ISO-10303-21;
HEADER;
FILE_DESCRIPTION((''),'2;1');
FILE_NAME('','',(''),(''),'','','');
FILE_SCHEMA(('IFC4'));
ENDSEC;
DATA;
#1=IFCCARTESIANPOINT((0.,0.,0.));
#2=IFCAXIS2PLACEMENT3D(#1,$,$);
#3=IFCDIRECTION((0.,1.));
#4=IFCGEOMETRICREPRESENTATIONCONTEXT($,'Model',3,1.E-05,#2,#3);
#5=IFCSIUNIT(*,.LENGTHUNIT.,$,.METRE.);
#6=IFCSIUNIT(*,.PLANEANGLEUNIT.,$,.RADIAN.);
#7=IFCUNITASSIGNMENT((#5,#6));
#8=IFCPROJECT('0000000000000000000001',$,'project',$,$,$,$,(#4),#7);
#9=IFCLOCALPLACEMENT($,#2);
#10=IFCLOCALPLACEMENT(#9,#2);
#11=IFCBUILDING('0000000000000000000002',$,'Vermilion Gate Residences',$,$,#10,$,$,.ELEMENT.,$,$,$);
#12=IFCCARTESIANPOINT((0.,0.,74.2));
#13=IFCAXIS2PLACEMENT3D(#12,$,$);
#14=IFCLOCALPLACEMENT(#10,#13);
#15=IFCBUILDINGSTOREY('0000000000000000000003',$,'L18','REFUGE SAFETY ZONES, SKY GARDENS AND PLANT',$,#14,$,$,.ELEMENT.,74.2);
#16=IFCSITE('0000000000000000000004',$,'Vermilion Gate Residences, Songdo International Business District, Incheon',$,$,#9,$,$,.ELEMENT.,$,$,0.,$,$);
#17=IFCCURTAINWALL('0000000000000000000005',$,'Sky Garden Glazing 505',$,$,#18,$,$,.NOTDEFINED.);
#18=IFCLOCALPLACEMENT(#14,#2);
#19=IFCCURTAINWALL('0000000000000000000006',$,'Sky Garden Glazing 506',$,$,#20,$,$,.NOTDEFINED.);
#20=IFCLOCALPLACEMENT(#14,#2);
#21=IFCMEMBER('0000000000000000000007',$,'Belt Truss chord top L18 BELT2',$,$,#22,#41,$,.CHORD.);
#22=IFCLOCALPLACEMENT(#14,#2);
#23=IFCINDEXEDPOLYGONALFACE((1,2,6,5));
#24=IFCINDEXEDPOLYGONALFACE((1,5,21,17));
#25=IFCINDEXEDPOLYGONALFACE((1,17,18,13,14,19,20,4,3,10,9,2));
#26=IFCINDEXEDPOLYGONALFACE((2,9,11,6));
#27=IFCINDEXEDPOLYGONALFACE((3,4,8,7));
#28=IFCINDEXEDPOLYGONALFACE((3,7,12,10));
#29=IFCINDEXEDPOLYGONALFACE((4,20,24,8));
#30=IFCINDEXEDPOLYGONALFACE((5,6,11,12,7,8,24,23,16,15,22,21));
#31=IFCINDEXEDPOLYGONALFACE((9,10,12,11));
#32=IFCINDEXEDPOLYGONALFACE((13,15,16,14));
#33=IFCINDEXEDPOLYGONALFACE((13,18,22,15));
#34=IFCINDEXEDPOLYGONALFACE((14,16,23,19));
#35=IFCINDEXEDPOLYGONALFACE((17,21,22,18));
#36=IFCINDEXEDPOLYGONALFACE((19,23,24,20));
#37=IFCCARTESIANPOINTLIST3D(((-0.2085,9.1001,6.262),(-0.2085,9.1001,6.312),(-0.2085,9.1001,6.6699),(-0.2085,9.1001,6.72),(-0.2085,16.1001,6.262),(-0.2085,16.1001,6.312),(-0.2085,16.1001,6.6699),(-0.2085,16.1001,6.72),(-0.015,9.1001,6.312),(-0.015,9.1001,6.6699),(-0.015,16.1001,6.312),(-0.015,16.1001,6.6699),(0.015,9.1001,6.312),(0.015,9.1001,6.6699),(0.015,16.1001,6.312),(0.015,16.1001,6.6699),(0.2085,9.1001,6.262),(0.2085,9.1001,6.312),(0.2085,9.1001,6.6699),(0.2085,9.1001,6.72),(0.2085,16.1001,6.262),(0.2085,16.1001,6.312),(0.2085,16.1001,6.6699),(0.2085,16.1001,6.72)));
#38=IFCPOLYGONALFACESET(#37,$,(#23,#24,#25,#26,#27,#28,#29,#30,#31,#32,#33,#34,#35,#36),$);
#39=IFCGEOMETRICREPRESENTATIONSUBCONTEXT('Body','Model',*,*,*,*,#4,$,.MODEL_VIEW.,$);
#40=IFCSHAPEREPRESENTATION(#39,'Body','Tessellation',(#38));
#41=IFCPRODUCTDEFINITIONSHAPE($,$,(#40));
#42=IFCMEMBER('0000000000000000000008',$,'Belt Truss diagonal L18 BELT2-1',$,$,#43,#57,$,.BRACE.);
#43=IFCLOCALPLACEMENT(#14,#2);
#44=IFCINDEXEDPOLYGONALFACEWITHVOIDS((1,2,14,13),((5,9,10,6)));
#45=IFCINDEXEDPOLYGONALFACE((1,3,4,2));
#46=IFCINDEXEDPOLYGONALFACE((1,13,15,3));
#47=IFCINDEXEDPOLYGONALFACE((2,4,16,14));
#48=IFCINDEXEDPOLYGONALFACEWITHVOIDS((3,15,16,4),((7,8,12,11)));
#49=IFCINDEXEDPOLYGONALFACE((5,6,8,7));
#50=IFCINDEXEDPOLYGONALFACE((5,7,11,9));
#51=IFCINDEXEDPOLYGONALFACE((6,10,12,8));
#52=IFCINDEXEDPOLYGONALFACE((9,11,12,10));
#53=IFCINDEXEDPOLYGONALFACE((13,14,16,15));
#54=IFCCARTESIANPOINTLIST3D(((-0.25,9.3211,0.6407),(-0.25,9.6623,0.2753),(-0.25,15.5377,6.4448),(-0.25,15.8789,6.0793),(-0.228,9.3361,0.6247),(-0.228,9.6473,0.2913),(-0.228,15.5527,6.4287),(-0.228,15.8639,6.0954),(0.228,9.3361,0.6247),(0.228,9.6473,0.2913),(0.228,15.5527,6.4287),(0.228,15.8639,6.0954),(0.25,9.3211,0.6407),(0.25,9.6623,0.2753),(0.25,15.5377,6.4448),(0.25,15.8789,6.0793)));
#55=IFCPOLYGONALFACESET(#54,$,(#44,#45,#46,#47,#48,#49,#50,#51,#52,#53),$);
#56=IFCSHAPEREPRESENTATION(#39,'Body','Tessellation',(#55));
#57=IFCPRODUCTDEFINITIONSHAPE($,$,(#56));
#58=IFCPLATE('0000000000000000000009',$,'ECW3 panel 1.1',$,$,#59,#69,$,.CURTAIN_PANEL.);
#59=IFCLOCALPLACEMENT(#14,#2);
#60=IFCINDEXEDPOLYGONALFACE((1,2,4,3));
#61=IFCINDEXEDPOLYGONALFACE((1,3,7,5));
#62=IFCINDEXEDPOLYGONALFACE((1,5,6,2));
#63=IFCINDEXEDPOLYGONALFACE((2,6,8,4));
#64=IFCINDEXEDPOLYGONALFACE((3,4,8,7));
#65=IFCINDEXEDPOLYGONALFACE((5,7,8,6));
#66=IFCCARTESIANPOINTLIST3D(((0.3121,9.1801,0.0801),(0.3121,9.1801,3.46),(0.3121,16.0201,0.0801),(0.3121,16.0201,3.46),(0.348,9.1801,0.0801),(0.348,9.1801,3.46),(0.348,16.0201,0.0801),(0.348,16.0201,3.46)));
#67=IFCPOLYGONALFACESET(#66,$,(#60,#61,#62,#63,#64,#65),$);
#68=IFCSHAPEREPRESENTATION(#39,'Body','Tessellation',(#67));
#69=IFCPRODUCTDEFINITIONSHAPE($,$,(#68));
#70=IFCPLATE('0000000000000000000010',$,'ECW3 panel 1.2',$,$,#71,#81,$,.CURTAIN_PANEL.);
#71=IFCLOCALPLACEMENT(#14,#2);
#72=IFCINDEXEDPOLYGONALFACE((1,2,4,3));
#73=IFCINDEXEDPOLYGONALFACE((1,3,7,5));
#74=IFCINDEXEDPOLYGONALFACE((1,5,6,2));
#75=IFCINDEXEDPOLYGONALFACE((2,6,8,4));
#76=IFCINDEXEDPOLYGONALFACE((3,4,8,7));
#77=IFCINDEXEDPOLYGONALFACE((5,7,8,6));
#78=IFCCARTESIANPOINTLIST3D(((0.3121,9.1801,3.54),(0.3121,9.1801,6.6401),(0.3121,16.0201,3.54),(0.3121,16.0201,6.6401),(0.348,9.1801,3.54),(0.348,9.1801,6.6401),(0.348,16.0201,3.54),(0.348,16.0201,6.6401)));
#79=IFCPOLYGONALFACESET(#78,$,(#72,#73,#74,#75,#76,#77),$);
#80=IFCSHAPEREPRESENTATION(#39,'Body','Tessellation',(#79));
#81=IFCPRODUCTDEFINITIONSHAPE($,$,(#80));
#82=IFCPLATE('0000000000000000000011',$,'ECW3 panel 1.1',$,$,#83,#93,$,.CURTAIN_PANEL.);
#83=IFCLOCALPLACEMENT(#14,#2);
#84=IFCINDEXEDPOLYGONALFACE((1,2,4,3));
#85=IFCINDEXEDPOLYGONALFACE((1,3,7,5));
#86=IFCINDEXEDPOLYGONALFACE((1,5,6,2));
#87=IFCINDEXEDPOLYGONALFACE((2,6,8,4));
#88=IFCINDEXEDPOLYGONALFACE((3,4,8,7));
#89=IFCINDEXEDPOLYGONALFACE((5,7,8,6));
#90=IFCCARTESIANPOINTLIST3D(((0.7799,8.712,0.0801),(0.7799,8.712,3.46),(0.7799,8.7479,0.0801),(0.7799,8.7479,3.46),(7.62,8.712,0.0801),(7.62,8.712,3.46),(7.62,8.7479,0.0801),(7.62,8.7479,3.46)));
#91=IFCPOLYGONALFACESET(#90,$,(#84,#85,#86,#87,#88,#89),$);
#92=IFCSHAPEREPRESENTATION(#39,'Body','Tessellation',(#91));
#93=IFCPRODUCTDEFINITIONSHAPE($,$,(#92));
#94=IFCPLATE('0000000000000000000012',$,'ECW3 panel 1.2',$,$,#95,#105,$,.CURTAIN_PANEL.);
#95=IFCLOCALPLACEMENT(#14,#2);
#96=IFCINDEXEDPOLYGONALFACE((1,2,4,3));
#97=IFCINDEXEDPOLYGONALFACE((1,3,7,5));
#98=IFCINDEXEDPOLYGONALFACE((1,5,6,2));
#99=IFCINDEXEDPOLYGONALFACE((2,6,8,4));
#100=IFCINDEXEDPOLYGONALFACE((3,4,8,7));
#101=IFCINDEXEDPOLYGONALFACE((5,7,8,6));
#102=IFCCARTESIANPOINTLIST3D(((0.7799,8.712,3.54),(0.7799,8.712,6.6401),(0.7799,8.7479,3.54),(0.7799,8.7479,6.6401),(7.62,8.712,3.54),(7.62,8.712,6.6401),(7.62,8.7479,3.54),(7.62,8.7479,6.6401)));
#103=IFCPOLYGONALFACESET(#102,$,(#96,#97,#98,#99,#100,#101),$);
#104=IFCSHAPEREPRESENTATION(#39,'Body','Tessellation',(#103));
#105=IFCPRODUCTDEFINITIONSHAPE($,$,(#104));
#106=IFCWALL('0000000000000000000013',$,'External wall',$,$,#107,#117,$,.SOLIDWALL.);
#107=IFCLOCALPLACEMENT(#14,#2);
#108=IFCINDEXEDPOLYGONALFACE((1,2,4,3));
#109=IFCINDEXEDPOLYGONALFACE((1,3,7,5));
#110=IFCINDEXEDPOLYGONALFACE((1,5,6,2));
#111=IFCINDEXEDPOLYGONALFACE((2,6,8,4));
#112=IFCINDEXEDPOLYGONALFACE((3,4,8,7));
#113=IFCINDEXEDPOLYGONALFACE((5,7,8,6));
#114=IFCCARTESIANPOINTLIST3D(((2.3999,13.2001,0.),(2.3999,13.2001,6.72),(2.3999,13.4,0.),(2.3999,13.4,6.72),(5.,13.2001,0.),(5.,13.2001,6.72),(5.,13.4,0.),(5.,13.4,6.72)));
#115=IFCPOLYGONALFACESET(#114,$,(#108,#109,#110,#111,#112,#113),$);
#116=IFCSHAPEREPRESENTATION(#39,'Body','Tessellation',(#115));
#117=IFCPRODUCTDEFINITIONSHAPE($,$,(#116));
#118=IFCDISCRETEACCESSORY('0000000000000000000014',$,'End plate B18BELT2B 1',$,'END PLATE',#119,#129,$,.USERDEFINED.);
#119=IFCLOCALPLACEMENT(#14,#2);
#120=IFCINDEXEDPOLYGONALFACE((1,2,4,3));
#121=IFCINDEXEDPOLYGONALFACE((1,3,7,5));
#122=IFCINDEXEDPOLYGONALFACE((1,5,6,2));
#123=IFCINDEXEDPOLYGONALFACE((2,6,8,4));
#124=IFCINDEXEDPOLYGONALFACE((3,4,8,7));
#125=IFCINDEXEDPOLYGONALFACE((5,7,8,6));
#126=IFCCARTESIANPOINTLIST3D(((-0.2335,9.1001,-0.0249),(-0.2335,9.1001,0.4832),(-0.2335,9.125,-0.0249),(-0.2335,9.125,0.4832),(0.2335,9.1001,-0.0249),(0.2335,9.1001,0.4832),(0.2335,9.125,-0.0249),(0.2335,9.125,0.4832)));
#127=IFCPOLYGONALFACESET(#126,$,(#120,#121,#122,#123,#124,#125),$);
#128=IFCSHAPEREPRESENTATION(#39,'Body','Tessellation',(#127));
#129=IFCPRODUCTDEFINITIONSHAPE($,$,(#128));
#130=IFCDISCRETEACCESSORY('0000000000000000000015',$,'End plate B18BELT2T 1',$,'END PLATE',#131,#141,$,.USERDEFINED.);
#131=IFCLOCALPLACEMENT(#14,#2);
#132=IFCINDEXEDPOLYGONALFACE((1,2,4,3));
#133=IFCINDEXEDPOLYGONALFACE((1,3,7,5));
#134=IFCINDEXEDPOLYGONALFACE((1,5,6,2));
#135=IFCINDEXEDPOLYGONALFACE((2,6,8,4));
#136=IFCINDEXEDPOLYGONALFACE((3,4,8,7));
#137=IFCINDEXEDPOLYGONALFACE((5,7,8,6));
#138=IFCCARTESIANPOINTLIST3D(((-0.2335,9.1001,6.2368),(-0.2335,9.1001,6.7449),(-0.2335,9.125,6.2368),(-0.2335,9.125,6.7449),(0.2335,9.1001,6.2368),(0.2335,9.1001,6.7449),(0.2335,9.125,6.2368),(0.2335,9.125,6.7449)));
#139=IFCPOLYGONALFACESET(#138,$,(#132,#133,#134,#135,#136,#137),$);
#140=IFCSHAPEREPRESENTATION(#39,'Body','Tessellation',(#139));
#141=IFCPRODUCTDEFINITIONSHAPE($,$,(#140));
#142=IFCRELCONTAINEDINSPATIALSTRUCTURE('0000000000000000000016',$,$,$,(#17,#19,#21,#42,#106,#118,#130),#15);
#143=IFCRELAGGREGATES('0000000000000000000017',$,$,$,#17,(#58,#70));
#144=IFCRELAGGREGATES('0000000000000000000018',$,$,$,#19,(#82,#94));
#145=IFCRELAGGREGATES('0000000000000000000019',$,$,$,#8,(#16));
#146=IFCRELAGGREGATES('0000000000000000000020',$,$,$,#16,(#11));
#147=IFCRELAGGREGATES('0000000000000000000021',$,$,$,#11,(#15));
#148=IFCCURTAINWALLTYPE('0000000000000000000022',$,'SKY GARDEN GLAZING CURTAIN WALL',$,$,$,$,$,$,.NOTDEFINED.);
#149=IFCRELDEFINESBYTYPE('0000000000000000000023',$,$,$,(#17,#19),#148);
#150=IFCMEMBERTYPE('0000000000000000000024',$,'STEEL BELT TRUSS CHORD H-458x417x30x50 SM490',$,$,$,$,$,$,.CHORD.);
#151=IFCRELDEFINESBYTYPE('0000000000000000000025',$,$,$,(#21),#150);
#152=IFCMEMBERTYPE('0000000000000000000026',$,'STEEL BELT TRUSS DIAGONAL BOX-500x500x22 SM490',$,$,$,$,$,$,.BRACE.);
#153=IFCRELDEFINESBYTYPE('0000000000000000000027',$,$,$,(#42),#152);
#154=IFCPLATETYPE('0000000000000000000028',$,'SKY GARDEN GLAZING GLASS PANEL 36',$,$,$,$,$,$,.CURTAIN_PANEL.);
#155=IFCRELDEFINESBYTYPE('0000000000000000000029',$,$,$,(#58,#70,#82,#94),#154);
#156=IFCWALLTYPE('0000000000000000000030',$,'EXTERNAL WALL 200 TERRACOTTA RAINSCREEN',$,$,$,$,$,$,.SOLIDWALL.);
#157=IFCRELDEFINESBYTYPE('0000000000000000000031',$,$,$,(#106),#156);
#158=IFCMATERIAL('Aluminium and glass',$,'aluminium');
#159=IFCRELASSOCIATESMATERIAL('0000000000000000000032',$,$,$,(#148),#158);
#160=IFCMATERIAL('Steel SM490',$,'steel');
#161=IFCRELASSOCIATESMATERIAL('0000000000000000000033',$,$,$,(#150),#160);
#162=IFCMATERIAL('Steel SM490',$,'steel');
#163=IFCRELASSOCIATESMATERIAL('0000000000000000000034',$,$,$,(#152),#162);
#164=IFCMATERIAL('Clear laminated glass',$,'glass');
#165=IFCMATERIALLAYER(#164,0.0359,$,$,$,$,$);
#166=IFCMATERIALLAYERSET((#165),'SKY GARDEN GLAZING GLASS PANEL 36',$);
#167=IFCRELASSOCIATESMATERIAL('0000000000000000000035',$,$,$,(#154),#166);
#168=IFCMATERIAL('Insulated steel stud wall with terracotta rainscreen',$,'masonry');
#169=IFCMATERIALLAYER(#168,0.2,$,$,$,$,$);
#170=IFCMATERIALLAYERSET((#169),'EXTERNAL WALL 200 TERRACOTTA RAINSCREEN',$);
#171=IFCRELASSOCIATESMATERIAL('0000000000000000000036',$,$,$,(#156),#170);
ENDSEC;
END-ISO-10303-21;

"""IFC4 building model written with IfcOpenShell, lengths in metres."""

from ifc_helpers import new_model, si_unit, direction, frame, frame_2d, origin, origin_2d, place, context, subcontext, project, spatial, rectangle, hollow_rectangle, i_section, extrude, material, layer, layer_set, material_profile, profile_set, type_object, element, aggregate, save


model = new_model("IFC4")

# Units and contexts
model_context = context("Model", 3, precision=1e-05, world=origin(), true_north=direction((0.0, 1.0)))
body_context = subcontext(model_context, "Body", "Model", "MODEL_VIEW")
ifc_project = project(units=[si_unit("LENGTHUNIT", "METRE"), si_unit("PLANEANGLEUNIT", "RADIAN")], contexts=[model_context])

# Site, building, storey
site_placement = place(None, origin())
site = spatial("IfcSite", under=ifc_project, at=site_placement, Name="Vermilion Gate Residences, Songdo International Business District, Incheon", CompositionType="ELEMENT", RefElevation=0.0)
building_placement = place(site_placement, origin())
building = spatial("IfcBuilding", under=site, at=building_placement, Name="Vermilion Gate Residences", CompositionType="ELEMENT")
storey_placement = place(building_placement, frame((0.0, 0.0, 74.2)))
storey = spatial("IfcBuildingStorey", under=building, at=storey_placement, Name="L18", Description="REFUGE SAFETY ZONES, SKY GARDENS AND PLANT", CompositionType="ELEMENT", Elevation=74.2)

# Curtain walls
ifc_material_1 = material(Name="Aluminium and glass", Category="aluminium")
curtain_wall_type = type_object("IfcCurtainWallType", Name="SKY GARDEN GLAZING CURTAIN WALL", PredefinedType="NOTDEFINED", material=ifc_material_1)
curtain_wall_1_placement = place(storey_placement, origin())
curtain_wall_1 = element("IfcCurtainWall", 1, at=curtain_wall_1_placement, inside=storey, type_object=curtain_wall_type, Name="Sky Garden Glazing 505", PredefinedType="NOTDEFINED")
curtain_wall_2_placement = place(storey_placement, origin())
curtain_wall_2 = element("IfcCurtainWall", 2, at=curtain_wall_2_placement, inside=storey, type_object=curtain_wall_type, Name="Sky Garden Glazing 506", PredefinedType="NOTDEFINED")

# Members
ifc_material_2 = material(Name="Steel SM490", Category="steel")
ifc_material_profile_1 = material_profile(ifc_material_2, i_section(OverallWidth=0.417, OverallDepth=0.458, WebThickness=0.03, FlangeThickness=0.05, at=origin_2d()), Name="H-458x417x30x50")
ifc_profile_set_1 = profile_set([ifc_material_profile_1], Name="Steel SM490")
member_type_1 = type_object("IfcMemberType", Name="STEEL BELT TRUSS CHORD H-458x417x30x50 SM490", PredefinedType="CHORD", material=ifc_profile_set_1)
for number, where, z_axis, x_axis, name in (
    (3, (0.0, 9.1001, 6.491), (0.0, 1.0, 0.0), (-1.0, 0.0, 0.0), "Belt Truss chord top L18 BELT2"),
):
    element("IfcMember", number, at=place(storey_placement, frame(where, z_axis=z_axis, x_axis=x_axis)), inside=storey, type_object=member_type_1, Name=name, PredefinedType="CHORD", context=body_context, shape_type="SweptSolid", body=[
        extrude(i_section(OverallWidth=0.417, OverallDepth=0.458, WebThickness=0.03, FlangeThickness=0.05, at=origin_2d()), origin(), (0.0, 0.0, 1.0), 7.0),
    ])
ifc_material_3 = material(Name="Steel SM490", Category="steel")
ifc_material_profile_2 = material_profile(ifc_material_3, hollow_rectangle(XDim=0.5, YDim=0.5, WallThickness=0.022, at=origin_2d()), Name="BOX-500x500x22")
ifc_profile_set_2 = profile_set([ifc_material_profile_2], Name="Steel SM490")
member_type_2 = type_object("IfcMemberType", Name="STEEL BELT TRUSS DIAGONAL BOX-500x500x22 SM490", PredefinedType="BRACE", material=ifc_profile_set_2)
member_1_placement = place(storey_placement, frame((0.0, 9.4917, 0.458), z_axis=(0.0, 0.730947, 0.682434), x_axis=(-1.0, 0.0, 0.0)))
element("IfcMember", 4, at=member_1_placement, inside=storey, type_object=member_type_2, Name="Belt Truss diagonal L18 BELT2-1", PredefinedType="BRACE", context=body_context, shape_type="SweptSolid", body=[
    extrude(hollow_rectangle(XDim=0.5, YDim=0.5, WallThickness=0.022, at=origin_2d()), origin(), (0.0, 0.0, 1.0), 8.5049),
])

# Plates
ifc_material_4 = material(Name="Clear laminated glass", Category="glass")
ifc_layer_1 = layer(ifc_material_4, 0.0359)
ifc_layer_set_1 = layer_set([ifc_layer_1], Name="SKY GARDEN GLAZING GLASS PANEL 36")
plate_type = type_object("IfcPlateType", Name="SKY GARDEN GLAZING GLASS PANEL 36", PredefinedType="CURTAIN_PANEL", material=ifc_layer_set_1)
plate_1_placement = place(storey_placement, frame((0.3301, 12.6001, 0.0801), z_axis=(0.0, 0.0, 1.0), x_axis=(0.0, -1.0, 0.0)))
plate_1 = element("IfcPlate", 5, at=plate_1_placement, type_object=plate_type, Name="ECW3 panel 1.1", PredefinedType="CURTAIN_PANEL", context=body_context, shape_type="SweptSolid", body=[
    extrude(rectangle(XDim=6.8401, YDim=0.0359, at=origin_2d()), origin(), (0.0, 0.0, 1.0), 3.3799),
])
plate_2_placement = place(storey_placement, frame((0.3301, 12.6001, 3.54), z_axis=(0.0, 0.0, 1.0), x_axis=(0.0, -1.0, 0.0)))
plate_2 = element("IfcPlate", 6, at=plate_2_placement, type_object=plate_type, Name="ECW3 panel 1.2", PredefinedType="CURTAIN_PANEL", context=body_context, shape_type="SweptSolid", body=[
    extrude(rectangle(XDim=6.8401, YDim=0.0359, at=origin_2d()), origin(), (0.0, 0.0, 1.0), 3.1001),
])
aggregate(curtain_wall_1, [plate_1, plate_2])
plate_3_placement = place(storey_placement, frame((4.2, 8.73, 0.0801), z_axis=(0.0, 0.0, 1.0), x_axis=(1.0, 0.0, 0.0)))
plate_3 = element("IfcPlate", 7, at=plate_3_placement, type_object=plate_type, Name="ECW3 panel 1.1", PredefinedType="CURTAIN_PANEL", context=body_context, shape_type="SweptSolid", body=[
    extrude(rectangle(XDim=6.8401, YDim=0.0359, at=origin_2d()), origin(), (0.0, 0.0, 1.0), 3.3799),
])
plate_4_placement = place(storey_placement, frame((4.2, 8.73, 3.54), z_axis=(0.0, 0.0, 1.0), x_axis=(1.0, 0.0, 0.0)))
plate_4 = element("IfcPlate", 8, at=plate_4_placement, type_object=plate_type, Name="ECW3 panel 1.2", PredefinedType="CURTAIN_PANEL", context=body_context, shape_type="SweptSolid", body=[
    extrude(rectangle(XDim=6.8401, YDim=0.0359, at=origin_2d()), origin(), (0.0, 0.0, 1.0), 3.1001),
])
aggregate(curtain_wall_2, [plate_3, plate_4])

# Wall
ifc_material_5 = material(Name="Insulated steel stud wall with terracotta rainscreen", Category="masonry")
ifc_layer_2 = layer(ifc_material_5, 0.2)
ifc_layer_set_2 = layer_set([ifc_layer_2], Name="EXTERNAL WALL 200 TERRACOTTA RAINSCREEN")
wall_type = type_object("IfcWallType", Name="EXTERNAL WALL 200 TERRACOTTA RAINSCREEN", PredefinedType="SOLIDWALL", material=ifc_layer_set_2)
wall_placement = place(storey_placement, frame((2.3999, 13.3, 0.0), z_axis=(0.0, 0.0, 1.0), x_axis=(1.0, 0.0, 0.0)))
element("IfcWall", 9, at=wall_placement, inside=storey, type_object=wall_type, Name="External wall", PredefinedType="SOLIDWALL", context=body_context, shape_type="SweptSolid", body=[
    extrude(rectangle(XDim=2.6001, YDim=0.2, at=frame_2d((1.3, 0.0))), origin(), (0.0, 0.0, 1.0), 6.72),
])

# Discrete accessories
for number, where, z_axis, x_axis, name in (
    (10, (0.0, 9.1125, -0.0249), (0.0, 0.0, 1.0), (1.0, 0.0, 0.0), "End plate B18BELT2B 1"),
    (11, (0.0, 9.1125, 6.2368), (0.0, 0.0, 1.0), (1.0, 0.0, 0.0), "End plate B18BELT2T 1"),
):
    element("IfcDiscreteAccessory", number, at=place(storey_placement, frame(where, z_axis=z_axis, x_axis=x_axis)), inside=storey, Name=name, ObjectType="END PLATE", PredefinedType="USERDEFINED", context=body_context, shape_type="SweptSolid", body=[
        extrude(rectangle(XDim=0.467, YDim=0.0249, at=origin_2d()), origin(), (0.0, 0.0, 1.0), 0.5081),
    ])

save(model, "model.ifc")
